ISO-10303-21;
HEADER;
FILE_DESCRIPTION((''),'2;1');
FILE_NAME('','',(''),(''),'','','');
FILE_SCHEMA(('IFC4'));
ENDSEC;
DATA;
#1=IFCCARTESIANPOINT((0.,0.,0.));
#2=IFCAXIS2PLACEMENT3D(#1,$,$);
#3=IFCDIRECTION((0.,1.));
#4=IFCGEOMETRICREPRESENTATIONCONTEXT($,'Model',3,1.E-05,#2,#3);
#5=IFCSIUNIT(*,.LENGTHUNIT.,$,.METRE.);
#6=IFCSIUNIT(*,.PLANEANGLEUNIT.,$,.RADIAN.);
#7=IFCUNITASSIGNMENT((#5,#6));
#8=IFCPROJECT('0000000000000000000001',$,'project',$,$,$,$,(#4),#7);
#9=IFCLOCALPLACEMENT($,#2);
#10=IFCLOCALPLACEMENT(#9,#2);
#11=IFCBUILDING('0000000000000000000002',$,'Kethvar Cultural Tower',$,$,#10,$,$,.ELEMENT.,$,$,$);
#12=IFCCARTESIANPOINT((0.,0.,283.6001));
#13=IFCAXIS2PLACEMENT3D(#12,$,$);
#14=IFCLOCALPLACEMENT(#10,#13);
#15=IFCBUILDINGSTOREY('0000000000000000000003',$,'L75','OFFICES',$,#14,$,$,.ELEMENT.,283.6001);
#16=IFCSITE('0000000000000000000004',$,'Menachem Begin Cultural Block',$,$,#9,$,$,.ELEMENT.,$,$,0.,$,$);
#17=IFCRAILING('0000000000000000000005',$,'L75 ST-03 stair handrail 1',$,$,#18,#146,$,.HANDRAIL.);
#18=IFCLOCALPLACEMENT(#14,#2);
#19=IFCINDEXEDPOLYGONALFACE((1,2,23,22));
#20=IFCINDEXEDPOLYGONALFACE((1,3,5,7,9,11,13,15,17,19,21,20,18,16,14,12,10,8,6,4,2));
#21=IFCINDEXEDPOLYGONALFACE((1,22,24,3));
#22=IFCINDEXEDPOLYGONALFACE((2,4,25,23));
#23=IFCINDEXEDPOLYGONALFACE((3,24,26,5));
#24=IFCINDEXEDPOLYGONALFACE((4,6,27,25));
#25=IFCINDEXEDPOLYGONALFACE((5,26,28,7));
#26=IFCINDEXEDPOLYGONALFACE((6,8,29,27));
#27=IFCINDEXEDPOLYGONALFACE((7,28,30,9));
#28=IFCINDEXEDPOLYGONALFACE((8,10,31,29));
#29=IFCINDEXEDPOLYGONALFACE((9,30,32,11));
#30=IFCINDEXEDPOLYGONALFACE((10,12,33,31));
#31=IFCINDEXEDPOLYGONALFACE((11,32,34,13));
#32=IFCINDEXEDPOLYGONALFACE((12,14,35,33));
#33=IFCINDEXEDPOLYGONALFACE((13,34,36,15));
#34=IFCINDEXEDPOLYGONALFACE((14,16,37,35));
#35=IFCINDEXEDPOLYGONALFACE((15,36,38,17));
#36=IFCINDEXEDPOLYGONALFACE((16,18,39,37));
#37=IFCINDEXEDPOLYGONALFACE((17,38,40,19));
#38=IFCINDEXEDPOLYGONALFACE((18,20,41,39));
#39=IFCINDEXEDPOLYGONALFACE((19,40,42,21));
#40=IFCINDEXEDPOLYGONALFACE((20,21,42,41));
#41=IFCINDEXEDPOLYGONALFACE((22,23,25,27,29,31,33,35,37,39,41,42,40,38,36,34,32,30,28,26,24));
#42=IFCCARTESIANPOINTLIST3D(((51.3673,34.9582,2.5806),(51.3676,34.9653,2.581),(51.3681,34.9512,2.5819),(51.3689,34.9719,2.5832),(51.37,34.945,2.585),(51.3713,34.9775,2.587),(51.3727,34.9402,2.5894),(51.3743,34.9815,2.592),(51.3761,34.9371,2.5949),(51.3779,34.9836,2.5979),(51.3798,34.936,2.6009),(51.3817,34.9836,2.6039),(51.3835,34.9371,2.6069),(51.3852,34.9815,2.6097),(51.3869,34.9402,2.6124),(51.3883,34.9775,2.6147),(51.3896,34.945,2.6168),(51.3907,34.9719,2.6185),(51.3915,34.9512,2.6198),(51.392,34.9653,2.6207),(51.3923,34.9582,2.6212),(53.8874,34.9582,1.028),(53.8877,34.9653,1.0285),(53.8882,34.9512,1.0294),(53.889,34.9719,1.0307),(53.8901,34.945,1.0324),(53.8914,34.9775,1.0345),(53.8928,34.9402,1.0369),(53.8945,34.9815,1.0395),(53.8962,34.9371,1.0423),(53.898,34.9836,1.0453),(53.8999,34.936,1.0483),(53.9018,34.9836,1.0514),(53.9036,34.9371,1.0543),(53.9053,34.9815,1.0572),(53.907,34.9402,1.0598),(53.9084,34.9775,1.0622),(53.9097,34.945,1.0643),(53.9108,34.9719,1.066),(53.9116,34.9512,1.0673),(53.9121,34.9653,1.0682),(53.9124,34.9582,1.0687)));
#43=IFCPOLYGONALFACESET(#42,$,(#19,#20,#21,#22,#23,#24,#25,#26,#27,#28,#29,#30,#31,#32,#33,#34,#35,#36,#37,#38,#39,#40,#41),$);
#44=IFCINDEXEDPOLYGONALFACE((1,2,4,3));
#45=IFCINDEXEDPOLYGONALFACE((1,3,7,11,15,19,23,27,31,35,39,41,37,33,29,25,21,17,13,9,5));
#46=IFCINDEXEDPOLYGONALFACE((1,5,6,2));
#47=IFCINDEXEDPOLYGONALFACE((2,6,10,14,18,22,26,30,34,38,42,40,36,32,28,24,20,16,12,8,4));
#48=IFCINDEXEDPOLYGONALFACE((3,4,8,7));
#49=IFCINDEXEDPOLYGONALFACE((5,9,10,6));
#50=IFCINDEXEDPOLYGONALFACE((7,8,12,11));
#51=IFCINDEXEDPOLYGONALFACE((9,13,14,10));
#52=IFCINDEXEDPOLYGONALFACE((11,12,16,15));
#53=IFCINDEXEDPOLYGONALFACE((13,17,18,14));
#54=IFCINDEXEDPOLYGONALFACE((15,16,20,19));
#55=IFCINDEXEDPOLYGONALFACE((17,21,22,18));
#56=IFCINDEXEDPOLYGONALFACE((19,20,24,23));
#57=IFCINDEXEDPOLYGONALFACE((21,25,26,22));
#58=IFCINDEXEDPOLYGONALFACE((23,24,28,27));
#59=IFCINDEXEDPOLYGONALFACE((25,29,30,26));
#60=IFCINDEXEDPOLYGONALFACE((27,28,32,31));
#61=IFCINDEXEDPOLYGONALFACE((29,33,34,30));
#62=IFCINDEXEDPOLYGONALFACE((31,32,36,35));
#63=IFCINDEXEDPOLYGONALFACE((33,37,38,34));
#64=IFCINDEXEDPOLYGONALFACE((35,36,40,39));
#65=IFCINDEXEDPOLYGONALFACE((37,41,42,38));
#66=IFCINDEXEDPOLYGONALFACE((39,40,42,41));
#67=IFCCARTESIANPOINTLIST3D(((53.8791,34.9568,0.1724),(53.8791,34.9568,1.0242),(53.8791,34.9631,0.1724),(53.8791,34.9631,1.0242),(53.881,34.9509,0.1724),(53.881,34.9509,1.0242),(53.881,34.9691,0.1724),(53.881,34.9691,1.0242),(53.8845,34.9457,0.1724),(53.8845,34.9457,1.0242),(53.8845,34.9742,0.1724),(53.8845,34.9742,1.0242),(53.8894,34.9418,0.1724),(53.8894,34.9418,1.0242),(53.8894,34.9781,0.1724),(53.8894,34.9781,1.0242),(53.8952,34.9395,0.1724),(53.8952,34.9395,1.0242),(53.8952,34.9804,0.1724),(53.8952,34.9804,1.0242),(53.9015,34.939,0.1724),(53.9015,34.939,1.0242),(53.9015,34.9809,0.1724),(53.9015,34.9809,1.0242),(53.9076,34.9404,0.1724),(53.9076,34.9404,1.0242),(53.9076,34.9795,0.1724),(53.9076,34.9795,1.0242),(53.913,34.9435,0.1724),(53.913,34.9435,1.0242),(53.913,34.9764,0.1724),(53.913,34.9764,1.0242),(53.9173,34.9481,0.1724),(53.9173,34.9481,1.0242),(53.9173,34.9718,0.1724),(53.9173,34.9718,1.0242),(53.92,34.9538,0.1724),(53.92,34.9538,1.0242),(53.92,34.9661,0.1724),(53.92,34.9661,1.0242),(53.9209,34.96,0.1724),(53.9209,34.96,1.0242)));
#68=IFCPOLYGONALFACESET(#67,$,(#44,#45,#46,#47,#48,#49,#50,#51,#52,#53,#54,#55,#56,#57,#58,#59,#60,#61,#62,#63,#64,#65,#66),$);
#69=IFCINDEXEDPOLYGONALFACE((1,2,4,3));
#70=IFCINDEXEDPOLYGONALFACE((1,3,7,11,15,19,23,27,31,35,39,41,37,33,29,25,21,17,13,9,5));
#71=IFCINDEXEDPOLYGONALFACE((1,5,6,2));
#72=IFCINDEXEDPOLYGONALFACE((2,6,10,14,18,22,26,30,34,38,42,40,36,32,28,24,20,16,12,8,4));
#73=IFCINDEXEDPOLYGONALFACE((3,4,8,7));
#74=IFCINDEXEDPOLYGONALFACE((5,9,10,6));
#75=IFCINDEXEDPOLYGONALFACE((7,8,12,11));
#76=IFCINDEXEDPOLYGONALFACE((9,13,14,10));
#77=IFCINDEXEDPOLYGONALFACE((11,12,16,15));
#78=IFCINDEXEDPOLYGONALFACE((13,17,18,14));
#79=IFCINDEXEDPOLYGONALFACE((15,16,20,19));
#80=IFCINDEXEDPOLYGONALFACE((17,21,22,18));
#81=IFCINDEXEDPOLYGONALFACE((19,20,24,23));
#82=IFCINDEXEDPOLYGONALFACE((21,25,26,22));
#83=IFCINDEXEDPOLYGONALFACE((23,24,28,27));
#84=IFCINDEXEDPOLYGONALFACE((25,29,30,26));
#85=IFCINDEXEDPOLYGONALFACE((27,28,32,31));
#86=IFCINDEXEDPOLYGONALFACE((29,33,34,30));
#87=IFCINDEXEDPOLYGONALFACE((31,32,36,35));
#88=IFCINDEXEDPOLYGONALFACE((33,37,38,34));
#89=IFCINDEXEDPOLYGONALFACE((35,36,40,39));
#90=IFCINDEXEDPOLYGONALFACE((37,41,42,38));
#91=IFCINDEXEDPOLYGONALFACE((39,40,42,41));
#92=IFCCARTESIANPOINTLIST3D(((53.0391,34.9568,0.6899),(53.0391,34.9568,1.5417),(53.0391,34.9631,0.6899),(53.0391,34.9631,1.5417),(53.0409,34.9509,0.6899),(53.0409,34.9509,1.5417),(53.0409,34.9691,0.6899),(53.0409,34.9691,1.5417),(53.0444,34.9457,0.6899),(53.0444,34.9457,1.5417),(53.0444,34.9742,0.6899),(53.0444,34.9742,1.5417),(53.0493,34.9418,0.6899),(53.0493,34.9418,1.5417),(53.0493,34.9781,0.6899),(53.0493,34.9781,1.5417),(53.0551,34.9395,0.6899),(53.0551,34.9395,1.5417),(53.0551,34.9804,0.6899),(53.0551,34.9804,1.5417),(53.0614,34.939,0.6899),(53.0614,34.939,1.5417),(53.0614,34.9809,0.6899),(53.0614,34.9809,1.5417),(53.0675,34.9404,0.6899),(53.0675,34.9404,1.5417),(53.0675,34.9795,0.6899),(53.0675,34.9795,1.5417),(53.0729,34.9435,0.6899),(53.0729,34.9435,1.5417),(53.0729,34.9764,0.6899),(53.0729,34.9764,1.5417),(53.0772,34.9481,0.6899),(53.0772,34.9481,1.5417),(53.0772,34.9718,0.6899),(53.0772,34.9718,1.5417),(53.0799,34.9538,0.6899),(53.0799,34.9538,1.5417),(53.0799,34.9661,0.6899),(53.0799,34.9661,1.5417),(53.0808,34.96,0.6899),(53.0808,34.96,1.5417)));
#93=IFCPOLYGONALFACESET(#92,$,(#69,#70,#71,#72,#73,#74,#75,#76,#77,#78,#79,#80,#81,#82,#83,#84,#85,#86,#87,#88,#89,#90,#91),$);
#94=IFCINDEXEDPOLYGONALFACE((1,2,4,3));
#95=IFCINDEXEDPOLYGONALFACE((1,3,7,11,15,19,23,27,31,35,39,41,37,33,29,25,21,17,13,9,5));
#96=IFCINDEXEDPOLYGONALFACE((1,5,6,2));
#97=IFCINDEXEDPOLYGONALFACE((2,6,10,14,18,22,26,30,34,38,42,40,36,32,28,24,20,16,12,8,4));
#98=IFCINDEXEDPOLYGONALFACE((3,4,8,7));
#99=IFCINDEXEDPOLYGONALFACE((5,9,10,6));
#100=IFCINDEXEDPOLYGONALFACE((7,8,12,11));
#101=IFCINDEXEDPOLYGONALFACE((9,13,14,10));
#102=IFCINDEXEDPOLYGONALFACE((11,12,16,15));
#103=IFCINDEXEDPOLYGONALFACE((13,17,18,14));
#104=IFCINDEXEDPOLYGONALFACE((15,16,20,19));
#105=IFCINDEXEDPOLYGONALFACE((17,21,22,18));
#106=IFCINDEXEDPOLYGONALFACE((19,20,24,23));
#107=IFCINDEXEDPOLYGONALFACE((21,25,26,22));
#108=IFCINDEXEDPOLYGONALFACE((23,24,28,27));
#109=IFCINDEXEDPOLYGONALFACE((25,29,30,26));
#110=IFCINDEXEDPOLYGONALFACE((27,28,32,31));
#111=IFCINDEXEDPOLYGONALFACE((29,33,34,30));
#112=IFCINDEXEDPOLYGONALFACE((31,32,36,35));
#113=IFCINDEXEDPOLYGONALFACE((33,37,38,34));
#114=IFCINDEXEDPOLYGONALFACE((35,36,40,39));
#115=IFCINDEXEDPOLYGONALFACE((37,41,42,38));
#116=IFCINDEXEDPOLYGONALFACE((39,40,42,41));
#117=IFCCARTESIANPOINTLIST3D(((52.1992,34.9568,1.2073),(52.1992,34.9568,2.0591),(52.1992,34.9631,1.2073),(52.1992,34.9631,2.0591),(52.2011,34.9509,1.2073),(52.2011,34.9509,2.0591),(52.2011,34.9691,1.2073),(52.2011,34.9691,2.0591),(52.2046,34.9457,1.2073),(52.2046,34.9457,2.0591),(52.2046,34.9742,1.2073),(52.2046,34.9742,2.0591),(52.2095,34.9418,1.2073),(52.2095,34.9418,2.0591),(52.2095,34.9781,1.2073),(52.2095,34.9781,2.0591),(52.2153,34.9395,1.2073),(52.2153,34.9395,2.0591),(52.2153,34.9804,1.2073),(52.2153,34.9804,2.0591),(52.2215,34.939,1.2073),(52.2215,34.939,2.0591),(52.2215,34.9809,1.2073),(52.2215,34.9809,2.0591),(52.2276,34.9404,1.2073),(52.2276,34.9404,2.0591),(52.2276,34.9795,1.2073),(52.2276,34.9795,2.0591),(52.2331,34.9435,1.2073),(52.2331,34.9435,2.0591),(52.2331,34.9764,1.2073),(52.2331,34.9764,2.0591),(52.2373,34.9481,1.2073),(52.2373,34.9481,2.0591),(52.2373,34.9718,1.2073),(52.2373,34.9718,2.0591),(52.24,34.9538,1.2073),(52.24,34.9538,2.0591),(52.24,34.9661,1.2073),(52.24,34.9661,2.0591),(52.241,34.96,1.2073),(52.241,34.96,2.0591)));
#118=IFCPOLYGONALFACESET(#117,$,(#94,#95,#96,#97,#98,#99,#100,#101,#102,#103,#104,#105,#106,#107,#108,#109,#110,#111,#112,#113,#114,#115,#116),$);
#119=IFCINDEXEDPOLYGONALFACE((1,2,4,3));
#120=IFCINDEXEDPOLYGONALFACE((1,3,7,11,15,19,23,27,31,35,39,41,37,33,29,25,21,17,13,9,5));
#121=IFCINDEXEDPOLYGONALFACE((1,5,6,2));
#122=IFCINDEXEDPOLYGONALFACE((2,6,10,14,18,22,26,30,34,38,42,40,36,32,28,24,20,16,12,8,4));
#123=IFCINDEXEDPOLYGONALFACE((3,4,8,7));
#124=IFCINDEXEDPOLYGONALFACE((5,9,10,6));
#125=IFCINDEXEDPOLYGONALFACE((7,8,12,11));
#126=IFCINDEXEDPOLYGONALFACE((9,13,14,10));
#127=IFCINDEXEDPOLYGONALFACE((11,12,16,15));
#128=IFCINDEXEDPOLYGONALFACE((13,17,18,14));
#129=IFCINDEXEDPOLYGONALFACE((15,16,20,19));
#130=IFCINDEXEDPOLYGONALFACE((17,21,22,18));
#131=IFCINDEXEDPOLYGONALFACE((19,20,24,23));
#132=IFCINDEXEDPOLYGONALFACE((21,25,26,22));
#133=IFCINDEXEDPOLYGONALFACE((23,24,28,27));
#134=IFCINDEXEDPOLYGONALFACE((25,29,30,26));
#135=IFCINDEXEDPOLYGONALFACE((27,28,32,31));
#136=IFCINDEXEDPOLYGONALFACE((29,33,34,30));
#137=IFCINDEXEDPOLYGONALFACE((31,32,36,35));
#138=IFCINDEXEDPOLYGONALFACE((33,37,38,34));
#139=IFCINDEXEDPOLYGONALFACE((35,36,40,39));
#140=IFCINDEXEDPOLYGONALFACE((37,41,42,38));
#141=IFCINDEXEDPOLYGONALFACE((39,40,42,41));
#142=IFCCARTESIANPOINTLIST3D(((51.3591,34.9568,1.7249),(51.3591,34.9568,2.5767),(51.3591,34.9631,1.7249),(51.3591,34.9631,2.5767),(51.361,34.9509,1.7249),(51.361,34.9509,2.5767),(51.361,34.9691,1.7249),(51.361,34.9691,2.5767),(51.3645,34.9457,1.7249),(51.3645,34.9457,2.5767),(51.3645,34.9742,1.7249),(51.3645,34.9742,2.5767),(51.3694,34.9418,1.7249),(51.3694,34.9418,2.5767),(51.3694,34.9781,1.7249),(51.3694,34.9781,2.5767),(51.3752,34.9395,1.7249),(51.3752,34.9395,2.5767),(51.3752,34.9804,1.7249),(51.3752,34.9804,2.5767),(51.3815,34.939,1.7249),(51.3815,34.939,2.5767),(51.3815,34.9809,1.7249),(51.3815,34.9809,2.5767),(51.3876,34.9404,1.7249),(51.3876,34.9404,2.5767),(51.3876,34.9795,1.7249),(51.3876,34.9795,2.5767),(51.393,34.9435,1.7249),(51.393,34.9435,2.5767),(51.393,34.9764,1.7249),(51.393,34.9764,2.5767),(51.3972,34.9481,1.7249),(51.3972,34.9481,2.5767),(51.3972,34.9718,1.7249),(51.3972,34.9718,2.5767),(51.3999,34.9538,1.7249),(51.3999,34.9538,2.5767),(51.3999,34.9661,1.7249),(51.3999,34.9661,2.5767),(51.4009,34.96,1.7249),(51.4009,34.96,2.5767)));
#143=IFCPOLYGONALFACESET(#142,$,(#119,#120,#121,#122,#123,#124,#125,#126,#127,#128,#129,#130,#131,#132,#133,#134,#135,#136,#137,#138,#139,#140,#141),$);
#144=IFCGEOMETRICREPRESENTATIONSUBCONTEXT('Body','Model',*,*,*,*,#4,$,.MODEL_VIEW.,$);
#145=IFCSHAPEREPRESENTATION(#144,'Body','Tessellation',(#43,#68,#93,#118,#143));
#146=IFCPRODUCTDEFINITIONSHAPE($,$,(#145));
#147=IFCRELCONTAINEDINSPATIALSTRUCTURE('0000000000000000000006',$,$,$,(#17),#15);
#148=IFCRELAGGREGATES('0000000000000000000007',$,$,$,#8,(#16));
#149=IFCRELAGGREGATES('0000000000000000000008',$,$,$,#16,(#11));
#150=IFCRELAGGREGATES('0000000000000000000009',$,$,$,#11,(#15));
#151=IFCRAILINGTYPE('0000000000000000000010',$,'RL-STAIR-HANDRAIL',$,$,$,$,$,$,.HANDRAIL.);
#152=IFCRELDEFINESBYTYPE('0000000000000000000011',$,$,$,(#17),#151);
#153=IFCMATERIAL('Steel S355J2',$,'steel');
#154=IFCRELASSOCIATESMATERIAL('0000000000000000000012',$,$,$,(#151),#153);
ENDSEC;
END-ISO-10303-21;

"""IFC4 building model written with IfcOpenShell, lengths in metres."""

from ifc_helpers import new_model, si_unit, direction, frame, origin, origin_2d, place, context, subcontext, project, spatial, circle, extrude, material, type_object, element, save


model = new_model("IFC4")

# Units and contexts
model_context = context("Model", 3, precision=1e-05, world=origin(), true_north=direction((0.0, 1.0)))
body_context = subcontext(model_context, "Body", "Model", "MODEL_VIEW")
ifc_project = project(units=[si_unit("LENGTHUNIT", "METRE"), si_unit("PLANEANGLEUNIT", "RADIAN")], contexts=[model_context])

# Site, building, storey
site_placement = place(None, origin())
site = spatial("IfcSite", under=ifc_project, at=site_placement, Name="Menachem Begin Cultural Block", CompositionType="ELEMENT", RefElevation=0.0)
building_placement = place(site_placement, origin())
building = spatial("IfcBuilding", under=site, at=building_placement, Name="Kethvar Cultural Tower", CompositionType="ELEMENT")
storey_placement = place(building_placement, frame((0.0, 0.0, 283.6001)))
storey = spatial("IfcBuildingStorey", under=building, at=storey_placement, Name="L75", Description="OFFICES", CompositionType="ELEMENT", Elevation=283.6001)

# Shared definitions
ifc_material_1 = material(Name="Steel S355J2", Category="steel")

# Railing
railing_type_1 = type_object("IfcRailingType", Name="RL-STAIR-HANDRAIL", PredefinedType="HANDRAIL", material=ifc_material_1)
railing_1_placement = place(storey_placement, frame((53.8999, 34.96, 0.1724)))
element("IfcRailing", 1, at=railing_1_placement, inside=storey, type_object=railing_type_1, Name="L75 ST-03 stair handrail 1", PredefinedType="HANDRAIL", context=body_context, shape_type="SweptSolid", body=[
    extrude(circle(Radius=0.0239, at=origin_2d()), frame((0.0, 0.0, 0.876), z_axis=(-0.8514, 0.0, 0.524516), x_axis=(0.0, -1.0, 0.0)), (0.0, 0.0, 1.0), 2.96),
    extrude(circle(Radius=0.021, at=origin_2d()), origin(), (0.0, 0.0, 1.0), 0.8518),
    extrude(circle(Radius=0.021, at=origin_2d()), frame((-0.8401, 0.0, 0.5176)), (0.0, 0.0, 1.0), 0.8518),
    extrude(circle(Radius=0.021, at=origin_2d()), frame((-1.6799, 0.0, 1.0349)), (0.0, 0.0, 1.0), 0.8518),
    extrude(circle(Radius=0.021, at=origin_2d()), frame((-2.52, 0.0, 1.5525)), (0.0, 0.0, 1.0), 0.8518),
])

save(model, "model.ifc")
